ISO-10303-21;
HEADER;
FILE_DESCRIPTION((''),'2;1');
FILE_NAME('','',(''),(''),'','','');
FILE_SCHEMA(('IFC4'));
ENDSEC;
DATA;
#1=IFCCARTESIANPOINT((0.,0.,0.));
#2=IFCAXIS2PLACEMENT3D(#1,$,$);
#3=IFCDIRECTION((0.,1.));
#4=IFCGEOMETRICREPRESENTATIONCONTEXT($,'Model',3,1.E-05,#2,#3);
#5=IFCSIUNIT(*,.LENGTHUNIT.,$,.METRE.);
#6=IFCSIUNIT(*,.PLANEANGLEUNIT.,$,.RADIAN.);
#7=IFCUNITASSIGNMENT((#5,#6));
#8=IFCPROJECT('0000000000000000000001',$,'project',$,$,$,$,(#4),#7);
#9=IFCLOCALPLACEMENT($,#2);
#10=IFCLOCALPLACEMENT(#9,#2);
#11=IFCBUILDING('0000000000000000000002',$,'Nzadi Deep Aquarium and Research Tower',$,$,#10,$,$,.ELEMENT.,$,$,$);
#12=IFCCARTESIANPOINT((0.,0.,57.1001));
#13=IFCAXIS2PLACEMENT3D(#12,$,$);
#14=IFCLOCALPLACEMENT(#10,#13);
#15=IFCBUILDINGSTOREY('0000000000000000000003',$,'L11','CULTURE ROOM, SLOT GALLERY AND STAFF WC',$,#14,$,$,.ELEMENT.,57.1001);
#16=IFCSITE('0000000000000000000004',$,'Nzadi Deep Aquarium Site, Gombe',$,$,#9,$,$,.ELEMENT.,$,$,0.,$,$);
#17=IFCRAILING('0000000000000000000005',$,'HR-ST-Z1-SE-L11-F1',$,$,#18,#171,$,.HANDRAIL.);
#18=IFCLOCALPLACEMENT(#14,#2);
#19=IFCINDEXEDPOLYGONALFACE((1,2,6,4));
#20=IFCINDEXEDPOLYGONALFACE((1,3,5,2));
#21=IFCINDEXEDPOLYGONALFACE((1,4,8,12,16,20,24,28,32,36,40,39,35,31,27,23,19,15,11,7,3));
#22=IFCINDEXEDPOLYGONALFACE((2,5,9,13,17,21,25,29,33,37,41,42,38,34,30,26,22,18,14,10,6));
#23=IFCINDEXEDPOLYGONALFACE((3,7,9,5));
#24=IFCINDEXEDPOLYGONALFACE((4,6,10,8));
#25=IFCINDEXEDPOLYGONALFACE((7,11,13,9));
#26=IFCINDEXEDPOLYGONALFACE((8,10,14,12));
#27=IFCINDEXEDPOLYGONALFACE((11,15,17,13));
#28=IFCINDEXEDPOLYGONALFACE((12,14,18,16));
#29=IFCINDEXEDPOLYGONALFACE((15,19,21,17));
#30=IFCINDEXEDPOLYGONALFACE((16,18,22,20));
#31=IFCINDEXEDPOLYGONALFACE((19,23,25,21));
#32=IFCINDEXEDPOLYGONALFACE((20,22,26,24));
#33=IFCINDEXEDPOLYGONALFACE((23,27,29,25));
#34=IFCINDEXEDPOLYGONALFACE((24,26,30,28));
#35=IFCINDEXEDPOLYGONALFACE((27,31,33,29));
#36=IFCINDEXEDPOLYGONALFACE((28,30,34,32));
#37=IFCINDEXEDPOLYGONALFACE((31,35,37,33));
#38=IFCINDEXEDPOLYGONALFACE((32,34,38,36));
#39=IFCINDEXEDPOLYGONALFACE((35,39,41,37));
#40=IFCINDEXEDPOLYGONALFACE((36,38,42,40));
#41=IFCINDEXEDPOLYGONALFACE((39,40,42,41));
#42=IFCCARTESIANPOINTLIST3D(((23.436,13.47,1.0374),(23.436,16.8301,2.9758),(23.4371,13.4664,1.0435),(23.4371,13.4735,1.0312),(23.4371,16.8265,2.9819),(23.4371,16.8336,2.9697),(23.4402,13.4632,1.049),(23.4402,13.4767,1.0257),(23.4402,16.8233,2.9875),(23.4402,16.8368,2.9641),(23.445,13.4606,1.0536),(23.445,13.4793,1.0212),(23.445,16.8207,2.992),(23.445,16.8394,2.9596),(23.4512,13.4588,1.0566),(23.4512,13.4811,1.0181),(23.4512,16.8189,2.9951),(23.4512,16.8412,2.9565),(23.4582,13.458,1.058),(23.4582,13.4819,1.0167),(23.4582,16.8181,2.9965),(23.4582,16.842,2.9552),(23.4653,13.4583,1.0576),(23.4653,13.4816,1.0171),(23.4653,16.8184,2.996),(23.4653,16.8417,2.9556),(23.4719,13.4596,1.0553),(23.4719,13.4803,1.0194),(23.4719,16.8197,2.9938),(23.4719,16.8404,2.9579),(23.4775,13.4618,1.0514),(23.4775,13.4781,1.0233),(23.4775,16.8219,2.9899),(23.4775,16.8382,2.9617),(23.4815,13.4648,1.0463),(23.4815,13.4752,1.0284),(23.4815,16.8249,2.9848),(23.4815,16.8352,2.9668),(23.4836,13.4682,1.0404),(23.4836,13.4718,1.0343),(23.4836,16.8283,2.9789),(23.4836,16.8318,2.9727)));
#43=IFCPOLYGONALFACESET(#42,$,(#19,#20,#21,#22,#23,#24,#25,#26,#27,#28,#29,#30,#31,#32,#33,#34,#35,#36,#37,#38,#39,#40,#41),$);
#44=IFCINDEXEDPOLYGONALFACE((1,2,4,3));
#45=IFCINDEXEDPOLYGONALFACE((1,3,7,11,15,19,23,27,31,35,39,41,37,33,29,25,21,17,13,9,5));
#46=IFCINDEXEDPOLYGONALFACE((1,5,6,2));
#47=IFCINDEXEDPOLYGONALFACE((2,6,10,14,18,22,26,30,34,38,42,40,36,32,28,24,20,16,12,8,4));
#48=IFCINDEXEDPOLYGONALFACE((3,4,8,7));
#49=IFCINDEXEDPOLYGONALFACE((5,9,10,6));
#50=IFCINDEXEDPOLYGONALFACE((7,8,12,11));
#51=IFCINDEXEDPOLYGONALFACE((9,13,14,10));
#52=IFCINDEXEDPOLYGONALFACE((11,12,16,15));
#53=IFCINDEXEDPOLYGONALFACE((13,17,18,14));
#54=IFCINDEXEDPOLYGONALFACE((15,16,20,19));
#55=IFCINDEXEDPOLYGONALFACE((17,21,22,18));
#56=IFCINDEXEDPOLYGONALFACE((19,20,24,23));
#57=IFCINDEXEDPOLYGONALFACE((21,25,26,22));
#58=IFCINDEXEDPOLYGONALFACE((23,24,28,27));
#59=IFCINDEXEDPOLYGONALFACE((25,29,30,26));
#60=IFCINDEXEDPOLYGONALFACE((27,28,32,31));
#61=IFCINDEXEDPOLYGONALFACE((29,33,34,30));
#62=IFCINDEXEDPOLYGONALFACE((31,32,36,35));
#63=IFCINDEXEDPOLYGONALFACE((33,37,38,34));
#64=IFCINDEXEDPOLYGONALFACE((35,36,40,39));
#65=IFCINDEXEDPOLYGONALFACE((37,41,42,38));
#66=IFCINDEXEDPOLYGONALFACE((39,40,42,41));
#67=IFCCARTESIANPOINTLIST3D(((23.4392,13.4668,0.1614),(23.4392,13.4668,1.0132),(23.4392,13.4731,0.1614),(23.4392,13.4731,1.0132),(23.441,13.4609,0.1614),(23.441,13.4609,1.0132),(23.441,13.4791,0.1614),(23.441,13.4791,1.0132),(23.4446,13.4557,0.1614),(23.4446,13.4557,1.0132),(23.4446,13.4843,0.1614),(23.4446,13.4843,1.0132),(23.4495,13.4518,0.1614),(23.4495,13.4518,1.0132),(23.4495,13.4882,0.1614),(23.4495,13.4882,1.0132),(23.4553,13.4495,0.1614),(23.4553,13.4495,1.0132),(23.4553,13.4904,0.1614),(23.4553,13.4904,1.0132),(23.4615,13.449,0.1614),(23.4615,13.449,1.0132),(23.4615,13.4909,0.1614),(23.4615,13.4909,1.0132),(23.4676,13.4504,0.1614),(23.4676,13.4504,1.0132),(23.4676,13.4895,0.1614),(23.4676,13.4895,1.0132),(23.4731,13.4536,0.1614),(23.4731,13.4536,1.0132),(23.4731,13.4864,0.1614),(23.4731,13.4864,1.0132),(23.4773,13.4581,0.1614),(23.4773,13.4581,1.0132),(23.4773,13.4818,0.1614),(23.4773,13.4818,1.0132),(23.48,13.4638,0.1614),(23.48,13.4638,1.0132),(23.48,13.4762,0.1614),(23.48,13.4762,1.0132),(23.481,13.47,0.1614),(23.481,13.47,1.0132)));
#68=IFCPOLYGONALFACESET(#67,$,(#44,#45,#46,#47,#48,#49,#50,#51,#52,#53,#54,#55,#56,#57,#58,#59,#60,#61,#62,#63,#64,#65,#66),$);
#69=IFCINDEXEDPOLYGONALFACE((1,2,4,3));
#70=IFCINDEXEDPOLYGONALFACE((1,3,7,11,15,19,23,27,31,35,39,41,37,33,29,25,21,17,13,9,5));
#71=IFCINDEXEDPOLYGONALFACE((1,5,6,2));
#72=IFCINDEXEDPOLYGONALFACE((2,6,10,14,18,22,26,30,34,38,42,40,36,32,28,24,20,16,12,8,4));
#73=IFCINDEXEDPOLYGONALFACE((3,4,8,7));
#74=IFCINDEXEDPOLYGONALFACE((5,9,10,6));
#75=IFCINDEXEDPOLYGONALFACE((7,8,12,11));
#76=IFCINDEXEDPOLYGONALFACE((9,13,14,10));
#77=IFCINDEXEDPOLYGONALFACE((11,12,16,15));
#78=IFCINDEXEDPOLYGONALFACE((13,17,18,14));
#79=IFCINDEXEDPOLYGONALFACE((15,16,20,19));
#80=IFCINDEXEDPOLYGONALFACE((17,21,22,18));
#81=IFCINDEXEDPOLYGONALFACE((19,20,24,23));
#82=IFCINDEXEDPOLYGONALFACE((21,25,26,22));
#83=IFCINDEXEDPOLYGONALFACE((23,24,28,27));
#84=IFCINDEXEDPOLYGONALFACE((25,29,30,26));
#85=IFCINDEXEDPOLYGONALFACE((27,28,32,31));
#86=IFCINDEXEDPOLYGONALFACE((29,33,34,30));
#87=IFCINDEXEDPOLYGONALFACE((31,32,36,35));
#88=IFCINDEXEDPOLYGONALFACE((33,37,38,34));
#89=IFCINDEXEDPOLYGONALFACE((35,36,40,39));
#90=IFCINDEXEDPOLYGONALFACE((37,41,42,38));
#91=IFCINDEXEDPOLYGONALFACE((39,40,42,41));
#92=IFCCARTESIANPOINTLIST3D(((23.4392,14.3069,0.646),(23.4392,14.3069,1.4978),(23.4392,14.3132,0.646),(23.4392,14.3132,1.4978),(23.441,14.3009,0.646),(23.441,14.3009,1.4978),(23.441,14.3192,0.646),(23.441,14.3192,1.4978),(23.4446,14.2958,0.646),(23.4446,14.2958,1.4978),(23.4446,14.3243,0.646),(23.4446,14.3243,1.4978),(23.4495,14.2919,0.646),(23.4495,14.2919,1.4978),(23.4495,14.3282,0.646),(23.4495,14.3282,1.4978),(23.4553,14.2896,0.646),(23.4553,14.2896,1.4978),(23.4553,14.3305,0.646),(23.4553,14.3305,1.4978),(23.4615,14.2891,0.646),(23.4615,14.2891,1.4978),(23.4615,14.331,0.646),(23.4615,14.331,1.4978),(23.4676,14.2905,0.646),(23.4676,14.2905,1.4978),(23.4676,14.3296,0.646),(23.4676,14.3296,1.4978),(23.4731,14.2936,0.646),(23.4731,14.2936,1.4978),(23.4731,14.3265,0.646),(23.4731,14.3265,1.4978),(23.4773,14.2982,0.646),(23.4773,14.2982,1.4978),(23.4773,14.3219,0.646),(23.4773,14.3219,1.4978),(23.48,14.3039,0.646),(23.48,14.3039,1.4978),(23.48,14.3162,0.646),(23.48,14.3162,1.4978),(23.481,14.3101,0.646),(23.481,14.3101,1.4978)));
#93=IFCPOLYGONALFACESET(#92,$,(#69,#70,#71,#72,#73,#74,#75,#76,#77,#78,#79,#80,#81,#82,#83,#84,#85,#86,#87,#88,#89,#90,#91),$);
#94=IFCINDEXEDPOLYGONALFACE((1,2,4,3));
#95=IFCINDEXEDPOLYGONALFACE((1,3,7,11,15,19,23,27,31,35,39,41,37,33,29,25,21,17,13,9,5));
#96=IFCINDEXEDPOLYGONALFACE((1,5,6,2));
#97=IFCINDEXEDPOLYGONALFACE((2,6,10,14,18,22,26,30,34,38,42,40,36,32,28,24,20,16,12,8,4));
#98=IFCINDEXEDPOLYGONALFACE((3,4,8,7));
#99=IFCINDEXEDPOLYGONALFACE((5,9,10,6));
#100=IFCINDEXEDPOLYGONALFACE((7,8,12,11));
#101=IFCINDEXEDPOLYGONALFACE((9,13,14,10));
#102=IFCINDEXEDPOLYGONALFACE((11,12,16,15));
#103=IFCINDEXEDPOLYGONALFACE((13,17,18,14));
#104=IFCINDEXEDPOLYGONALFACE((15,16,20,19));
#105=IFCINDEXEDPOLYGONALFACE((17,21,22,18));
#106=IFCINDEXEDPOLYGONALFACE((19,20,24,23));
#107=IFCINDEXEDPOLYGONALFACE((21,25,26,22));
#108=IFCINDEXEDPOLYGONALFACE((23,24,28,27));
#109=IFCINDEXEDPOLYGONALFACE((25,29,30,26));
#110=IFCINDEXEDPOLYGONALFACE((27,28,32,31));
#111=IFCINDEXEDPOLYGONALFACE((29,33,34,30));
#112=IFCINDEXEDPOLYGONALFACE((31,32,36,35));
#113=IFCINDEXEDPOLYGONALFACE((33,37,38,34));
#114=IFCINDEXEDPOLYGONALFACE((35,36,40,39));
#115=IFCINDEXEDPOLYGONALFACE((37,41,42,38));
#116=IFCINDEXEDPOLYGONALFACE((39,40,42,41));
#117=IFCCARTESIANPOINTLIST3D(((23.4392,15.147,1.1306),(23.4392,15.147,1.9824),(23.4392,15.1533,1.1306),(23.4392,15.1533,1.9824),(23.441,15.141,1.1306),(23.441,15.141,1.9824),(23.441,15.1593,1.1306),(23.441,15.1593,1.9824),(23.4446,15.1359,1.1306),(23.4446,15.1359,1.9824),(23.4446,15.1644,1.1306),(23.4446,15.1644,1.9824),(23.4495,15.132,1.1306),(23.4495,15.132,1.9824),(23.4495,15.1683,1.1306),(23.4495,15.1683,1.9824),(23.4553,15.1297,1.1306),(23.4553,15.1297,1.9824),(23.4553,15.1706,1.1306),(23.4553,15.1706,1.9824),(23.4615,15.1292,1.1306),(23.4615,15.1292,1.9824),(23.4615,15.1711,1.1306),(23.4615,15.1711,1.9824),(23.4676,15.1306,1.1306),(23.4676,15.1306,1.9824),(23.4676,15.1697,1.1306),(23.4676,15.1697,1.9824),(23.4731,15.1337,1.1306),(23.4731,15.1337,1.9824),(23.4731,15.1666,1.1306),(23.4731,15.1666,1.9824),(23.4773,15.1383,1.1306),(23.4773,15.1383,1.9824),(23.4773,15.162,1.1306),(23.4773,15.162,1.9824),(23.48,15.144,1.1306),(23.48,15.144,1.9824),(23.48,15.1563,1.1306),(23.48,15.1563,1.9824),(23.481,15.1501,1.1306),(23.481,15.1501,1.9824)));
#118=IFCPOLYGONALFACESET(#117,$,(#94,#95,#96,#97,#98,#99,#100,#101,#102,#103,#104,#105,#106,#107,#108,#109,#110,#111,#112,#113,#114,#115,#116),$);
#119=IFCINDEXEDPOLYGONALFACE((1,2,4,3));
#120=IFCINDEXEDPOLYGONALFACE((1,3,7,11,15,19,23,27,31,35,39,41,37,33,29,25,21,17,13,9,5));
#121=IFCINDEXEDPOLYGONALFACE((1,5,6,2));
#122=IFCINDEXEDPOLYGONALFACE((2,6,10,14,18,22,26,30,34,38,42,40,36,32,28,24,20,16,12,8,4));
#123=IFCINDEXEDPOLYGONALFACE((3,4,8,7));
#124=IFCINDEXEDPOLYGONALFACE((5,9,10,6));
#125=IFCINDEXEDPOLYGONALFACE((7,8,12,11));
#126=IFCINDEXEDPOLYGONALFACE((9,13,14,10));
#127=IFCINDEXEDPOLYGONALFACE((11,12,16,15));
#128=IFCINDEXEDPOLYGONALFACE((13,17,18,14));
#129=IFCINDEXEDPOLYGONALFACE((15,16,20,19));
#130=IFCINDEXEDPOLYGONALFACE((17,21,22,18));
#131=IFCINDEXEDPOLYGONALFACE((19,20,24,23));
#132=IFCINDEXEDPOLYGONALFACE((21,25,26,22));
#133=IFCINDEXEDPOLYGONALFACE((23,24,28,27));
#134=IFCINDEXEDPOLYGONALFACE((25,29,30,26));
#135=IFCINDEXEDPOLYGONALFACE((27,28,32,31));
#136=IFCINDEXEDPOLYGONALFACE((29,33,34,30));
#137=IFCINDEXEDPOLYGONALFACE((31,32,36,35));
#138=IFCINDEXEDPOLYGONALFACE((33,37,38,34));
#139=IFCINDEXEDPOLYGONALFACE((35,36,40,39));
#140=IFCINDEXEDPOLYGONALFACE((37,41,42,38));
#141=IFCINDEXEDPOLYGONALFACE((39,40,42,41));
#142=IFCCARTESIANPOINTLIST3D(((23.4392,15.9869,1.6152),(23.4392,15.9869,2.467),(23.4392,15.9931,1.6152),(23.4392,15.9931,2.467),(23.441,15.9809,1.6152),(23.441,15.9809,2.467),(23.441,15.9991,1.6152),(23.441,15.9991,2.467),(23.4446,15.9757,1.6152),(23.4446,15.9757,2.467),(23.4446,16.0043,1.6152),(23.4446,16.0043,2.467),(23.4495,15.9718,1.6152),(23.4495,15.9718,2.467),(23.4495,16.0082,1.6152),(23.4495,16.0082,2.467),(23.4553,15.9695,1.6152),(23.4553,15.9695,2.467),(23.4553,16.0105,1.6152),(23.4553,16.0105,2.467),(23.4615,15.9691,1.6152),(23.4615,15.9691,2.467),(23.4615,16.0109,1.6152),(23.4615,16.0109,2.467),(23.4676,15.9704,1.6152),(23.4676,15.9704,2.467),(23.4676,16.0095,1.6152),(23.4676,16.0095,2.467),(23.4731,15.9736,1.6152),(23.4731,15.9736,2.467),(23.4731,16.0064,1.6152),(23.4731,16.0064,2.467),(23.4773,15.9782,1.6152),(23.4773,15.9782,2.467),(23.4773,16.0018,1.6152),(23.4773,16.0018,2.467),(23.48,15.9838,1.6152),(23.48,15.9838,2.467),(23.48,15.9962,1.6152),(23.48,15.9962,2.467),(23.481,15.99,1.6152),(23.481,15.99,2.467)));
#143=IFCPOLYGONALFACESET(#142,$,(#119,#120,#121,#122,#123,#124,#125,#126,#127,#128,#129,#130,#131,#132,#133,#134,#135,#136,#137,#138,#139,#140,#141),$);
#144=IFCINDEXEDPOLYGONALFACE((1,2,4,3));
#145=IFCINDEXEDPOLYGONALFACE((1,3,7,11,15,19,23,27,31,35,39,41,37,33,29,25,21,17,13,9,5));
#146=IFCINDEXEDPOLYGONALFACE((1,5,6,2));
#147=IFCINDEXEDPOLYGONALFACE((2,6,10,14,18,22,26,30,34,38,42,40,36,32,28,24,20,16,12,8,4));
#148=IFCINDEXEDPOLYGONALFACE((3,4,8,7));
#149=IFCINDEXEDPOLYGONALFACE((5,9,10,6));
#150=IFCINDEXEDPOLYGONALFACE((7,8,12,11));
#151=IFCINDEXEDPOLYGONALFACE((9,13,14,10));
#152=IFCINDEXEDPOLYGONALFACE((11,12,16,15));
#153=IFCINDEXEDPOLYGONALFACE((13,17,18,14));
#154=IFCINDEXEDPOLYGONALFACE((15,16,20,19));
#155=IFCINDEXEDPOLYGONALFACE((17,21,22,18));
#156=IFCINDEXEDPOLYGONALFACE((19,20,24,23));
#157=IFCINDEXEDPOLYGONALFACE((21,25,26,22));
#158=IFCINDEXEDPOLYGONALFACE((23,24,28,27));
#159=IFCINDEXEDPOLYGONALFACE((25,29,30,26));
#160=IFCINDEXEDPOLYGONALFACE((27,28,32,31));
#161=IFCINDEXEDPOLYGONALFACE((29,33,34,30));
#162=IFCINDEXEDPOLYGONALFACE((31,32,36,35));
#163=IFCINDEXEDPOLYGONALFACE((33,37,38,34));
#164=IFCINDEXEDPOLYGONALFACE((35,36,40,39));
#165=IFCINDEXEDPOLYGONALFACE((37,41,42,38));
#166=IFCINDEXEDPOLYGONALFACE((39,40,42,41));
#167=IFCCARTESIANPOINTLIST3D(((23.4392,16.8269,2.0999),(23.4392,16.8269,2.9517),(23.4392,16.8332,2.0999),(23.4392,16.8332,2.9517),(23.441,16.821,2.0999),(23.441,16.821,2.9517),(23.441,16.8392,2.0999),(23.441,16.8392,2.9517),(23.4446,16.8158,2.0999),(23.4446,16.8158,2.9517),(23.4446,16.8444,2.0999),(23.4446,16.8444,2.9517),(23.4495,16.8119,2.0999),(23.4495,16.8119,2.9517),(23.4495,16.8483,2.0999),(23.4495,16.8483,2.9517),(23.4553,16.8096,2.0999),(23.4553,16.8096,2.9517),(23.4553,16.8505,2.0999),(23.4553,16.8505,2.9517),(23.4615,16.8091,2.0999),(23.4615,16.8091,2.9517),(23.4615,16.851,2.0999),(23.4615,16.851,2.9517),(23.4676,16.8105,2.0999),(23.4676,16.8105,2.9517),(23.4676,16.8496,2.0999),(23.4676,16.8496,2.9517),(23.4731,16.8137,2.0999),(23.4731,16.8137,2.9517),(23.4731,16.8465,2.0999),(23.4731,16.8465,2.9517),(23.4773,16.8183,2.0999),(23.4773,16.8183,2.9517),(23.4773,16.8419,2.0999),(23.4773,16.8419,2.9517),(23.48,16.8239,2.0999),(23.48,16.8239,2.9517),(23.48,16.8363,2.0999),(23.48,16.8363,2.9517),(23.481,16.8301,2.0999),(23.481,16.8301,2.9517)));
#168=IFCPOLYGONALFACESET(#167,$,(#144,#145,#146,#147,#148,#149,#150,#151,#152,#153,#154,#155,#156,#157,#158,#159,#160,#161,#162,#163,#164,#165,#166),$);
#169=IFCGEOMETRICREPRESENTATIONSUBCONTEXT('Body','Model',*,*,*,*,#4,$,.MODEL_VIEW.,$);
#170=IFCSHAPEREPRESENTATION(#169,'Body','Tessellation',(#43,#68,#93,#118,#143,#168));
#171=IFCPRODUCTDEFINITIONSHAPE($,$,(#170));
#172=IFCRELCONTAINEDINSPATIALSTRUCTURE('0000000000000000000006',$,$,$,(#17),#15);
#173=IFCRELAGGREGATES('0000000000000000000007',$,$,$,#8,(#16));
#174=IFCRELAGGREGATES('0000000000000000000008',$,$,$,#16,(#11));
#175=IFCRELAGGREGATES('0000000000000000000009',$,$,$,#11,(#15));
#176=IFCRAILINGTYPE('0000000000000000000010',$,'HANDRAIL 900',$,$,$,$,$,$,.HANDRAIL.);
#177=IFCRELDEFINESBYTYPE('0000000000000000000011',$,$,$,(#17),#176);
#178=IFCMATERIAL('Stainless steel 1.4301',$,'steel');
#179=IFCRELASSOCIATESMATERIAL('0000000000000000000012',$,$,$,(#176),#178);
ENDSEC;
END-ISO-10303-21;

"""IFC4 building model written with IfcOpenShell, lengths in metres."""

from ifc_helpers import new_model, si_unit, direction, frame, origin, origin_2d, place, context, subcontext, project, spatial, circle, extrude, material, type_object, element, save


model = new_model("IFC4")

# Units and contexts
model_context = context("Model", 3, precision=1e-05, world=origin(), true_north=direction((0.0, 1.0)))
body_context = subcontext(model_context, "Body", "Model", "MODEL_VIEW")
ifc_project = project(units=[si_unit("LENGTHUNIT", "METRE"), si_unit("PLANEANGLEUNIT", "RADIAN")], contexts=[model_context])

# Site, building, storey
site_placement = place(None, origin())
site = spatial("IfcSite", under=ifc_project, at=site_placement, Name="Nzadi Deep Aquarium Site, Gombe", CompositionType="ELEMENT", RefElevation=0.0)
building_placement = place(site_placement, origin())
building = spatial("IfcBuilding", under=site, at=building_placement, Name="Nzadi Deep Aquarium and Research Tower", CompositionType="ELEMENT")
storey_placement = place(building_placement, frame((0.0, 0.0, 57.1001)))
storey = spatial("IfcBuildingStorey", under=building, at=storey_placement, Name="L11", Description="CULTURE ROOM, SLOT GALLERY AND STAFF WC", CompositionType="ELEMENT", Elevation=57.1001)

# Railing
ifc_material_1 = material(Name="Stainless steel 1.4301", Category="steel")
railing_type = type_object("IfcRailingType", Name="HANDRAIL 900", PredefinedType="HANDRAIL", material=ifc_material_1)
for number, where, name in (
    (1, (23.46, 13.47, 0.1614), "HR-ST-Z1-SE-L11-F1"),
):
    element("IfcRailing", number, at=place(storey_placement, frame(where)), inside=storey, type_object=railing_type, Name=name, PredefinedType="HANDRAIL", context=body_context, shape_type="SweptSolid", body=[
        extrude(circle(Radius=0.0239, at=origin_2d()), frame((0.0, 0.0, 0.876), z_axis=(0.0, 0.866191, 0.499713), x_axis=(-1.0, 0.0, 0.0)), (0.0, 0.0, 1.0), 3.8792),
        extrude(circle(Radius=0.021, at=origin_2d()), origin(), (0.0, 0.0, 1.0), 0.8518),
        extrude(circle(Radius=0.021, at=origin_2d()), frame((0.0, 0.8401, 0.4846)), (0.0, 0.0, 1.0), 0.8518),
        extrude(circle(Radius=0.021, at=origin_2d()), frame((0.0, 1.6802, 0.9692)), (0.0, 0.0, 1.0), 0.8518),
        extrude(circle(Radius=0.021, at=origin_2d()), frame((0.0, 2.52, 1.4539)), (0.0, 0.0, 1.0), 0.8518),
        extrude(circle(Radius=0.021, at=origin_2d()), frame((0.0, 3.3601, 1.9385)), (0.0, 0.0, 1.0), 0.8518),
    ])

save(model, "model.ifc")
